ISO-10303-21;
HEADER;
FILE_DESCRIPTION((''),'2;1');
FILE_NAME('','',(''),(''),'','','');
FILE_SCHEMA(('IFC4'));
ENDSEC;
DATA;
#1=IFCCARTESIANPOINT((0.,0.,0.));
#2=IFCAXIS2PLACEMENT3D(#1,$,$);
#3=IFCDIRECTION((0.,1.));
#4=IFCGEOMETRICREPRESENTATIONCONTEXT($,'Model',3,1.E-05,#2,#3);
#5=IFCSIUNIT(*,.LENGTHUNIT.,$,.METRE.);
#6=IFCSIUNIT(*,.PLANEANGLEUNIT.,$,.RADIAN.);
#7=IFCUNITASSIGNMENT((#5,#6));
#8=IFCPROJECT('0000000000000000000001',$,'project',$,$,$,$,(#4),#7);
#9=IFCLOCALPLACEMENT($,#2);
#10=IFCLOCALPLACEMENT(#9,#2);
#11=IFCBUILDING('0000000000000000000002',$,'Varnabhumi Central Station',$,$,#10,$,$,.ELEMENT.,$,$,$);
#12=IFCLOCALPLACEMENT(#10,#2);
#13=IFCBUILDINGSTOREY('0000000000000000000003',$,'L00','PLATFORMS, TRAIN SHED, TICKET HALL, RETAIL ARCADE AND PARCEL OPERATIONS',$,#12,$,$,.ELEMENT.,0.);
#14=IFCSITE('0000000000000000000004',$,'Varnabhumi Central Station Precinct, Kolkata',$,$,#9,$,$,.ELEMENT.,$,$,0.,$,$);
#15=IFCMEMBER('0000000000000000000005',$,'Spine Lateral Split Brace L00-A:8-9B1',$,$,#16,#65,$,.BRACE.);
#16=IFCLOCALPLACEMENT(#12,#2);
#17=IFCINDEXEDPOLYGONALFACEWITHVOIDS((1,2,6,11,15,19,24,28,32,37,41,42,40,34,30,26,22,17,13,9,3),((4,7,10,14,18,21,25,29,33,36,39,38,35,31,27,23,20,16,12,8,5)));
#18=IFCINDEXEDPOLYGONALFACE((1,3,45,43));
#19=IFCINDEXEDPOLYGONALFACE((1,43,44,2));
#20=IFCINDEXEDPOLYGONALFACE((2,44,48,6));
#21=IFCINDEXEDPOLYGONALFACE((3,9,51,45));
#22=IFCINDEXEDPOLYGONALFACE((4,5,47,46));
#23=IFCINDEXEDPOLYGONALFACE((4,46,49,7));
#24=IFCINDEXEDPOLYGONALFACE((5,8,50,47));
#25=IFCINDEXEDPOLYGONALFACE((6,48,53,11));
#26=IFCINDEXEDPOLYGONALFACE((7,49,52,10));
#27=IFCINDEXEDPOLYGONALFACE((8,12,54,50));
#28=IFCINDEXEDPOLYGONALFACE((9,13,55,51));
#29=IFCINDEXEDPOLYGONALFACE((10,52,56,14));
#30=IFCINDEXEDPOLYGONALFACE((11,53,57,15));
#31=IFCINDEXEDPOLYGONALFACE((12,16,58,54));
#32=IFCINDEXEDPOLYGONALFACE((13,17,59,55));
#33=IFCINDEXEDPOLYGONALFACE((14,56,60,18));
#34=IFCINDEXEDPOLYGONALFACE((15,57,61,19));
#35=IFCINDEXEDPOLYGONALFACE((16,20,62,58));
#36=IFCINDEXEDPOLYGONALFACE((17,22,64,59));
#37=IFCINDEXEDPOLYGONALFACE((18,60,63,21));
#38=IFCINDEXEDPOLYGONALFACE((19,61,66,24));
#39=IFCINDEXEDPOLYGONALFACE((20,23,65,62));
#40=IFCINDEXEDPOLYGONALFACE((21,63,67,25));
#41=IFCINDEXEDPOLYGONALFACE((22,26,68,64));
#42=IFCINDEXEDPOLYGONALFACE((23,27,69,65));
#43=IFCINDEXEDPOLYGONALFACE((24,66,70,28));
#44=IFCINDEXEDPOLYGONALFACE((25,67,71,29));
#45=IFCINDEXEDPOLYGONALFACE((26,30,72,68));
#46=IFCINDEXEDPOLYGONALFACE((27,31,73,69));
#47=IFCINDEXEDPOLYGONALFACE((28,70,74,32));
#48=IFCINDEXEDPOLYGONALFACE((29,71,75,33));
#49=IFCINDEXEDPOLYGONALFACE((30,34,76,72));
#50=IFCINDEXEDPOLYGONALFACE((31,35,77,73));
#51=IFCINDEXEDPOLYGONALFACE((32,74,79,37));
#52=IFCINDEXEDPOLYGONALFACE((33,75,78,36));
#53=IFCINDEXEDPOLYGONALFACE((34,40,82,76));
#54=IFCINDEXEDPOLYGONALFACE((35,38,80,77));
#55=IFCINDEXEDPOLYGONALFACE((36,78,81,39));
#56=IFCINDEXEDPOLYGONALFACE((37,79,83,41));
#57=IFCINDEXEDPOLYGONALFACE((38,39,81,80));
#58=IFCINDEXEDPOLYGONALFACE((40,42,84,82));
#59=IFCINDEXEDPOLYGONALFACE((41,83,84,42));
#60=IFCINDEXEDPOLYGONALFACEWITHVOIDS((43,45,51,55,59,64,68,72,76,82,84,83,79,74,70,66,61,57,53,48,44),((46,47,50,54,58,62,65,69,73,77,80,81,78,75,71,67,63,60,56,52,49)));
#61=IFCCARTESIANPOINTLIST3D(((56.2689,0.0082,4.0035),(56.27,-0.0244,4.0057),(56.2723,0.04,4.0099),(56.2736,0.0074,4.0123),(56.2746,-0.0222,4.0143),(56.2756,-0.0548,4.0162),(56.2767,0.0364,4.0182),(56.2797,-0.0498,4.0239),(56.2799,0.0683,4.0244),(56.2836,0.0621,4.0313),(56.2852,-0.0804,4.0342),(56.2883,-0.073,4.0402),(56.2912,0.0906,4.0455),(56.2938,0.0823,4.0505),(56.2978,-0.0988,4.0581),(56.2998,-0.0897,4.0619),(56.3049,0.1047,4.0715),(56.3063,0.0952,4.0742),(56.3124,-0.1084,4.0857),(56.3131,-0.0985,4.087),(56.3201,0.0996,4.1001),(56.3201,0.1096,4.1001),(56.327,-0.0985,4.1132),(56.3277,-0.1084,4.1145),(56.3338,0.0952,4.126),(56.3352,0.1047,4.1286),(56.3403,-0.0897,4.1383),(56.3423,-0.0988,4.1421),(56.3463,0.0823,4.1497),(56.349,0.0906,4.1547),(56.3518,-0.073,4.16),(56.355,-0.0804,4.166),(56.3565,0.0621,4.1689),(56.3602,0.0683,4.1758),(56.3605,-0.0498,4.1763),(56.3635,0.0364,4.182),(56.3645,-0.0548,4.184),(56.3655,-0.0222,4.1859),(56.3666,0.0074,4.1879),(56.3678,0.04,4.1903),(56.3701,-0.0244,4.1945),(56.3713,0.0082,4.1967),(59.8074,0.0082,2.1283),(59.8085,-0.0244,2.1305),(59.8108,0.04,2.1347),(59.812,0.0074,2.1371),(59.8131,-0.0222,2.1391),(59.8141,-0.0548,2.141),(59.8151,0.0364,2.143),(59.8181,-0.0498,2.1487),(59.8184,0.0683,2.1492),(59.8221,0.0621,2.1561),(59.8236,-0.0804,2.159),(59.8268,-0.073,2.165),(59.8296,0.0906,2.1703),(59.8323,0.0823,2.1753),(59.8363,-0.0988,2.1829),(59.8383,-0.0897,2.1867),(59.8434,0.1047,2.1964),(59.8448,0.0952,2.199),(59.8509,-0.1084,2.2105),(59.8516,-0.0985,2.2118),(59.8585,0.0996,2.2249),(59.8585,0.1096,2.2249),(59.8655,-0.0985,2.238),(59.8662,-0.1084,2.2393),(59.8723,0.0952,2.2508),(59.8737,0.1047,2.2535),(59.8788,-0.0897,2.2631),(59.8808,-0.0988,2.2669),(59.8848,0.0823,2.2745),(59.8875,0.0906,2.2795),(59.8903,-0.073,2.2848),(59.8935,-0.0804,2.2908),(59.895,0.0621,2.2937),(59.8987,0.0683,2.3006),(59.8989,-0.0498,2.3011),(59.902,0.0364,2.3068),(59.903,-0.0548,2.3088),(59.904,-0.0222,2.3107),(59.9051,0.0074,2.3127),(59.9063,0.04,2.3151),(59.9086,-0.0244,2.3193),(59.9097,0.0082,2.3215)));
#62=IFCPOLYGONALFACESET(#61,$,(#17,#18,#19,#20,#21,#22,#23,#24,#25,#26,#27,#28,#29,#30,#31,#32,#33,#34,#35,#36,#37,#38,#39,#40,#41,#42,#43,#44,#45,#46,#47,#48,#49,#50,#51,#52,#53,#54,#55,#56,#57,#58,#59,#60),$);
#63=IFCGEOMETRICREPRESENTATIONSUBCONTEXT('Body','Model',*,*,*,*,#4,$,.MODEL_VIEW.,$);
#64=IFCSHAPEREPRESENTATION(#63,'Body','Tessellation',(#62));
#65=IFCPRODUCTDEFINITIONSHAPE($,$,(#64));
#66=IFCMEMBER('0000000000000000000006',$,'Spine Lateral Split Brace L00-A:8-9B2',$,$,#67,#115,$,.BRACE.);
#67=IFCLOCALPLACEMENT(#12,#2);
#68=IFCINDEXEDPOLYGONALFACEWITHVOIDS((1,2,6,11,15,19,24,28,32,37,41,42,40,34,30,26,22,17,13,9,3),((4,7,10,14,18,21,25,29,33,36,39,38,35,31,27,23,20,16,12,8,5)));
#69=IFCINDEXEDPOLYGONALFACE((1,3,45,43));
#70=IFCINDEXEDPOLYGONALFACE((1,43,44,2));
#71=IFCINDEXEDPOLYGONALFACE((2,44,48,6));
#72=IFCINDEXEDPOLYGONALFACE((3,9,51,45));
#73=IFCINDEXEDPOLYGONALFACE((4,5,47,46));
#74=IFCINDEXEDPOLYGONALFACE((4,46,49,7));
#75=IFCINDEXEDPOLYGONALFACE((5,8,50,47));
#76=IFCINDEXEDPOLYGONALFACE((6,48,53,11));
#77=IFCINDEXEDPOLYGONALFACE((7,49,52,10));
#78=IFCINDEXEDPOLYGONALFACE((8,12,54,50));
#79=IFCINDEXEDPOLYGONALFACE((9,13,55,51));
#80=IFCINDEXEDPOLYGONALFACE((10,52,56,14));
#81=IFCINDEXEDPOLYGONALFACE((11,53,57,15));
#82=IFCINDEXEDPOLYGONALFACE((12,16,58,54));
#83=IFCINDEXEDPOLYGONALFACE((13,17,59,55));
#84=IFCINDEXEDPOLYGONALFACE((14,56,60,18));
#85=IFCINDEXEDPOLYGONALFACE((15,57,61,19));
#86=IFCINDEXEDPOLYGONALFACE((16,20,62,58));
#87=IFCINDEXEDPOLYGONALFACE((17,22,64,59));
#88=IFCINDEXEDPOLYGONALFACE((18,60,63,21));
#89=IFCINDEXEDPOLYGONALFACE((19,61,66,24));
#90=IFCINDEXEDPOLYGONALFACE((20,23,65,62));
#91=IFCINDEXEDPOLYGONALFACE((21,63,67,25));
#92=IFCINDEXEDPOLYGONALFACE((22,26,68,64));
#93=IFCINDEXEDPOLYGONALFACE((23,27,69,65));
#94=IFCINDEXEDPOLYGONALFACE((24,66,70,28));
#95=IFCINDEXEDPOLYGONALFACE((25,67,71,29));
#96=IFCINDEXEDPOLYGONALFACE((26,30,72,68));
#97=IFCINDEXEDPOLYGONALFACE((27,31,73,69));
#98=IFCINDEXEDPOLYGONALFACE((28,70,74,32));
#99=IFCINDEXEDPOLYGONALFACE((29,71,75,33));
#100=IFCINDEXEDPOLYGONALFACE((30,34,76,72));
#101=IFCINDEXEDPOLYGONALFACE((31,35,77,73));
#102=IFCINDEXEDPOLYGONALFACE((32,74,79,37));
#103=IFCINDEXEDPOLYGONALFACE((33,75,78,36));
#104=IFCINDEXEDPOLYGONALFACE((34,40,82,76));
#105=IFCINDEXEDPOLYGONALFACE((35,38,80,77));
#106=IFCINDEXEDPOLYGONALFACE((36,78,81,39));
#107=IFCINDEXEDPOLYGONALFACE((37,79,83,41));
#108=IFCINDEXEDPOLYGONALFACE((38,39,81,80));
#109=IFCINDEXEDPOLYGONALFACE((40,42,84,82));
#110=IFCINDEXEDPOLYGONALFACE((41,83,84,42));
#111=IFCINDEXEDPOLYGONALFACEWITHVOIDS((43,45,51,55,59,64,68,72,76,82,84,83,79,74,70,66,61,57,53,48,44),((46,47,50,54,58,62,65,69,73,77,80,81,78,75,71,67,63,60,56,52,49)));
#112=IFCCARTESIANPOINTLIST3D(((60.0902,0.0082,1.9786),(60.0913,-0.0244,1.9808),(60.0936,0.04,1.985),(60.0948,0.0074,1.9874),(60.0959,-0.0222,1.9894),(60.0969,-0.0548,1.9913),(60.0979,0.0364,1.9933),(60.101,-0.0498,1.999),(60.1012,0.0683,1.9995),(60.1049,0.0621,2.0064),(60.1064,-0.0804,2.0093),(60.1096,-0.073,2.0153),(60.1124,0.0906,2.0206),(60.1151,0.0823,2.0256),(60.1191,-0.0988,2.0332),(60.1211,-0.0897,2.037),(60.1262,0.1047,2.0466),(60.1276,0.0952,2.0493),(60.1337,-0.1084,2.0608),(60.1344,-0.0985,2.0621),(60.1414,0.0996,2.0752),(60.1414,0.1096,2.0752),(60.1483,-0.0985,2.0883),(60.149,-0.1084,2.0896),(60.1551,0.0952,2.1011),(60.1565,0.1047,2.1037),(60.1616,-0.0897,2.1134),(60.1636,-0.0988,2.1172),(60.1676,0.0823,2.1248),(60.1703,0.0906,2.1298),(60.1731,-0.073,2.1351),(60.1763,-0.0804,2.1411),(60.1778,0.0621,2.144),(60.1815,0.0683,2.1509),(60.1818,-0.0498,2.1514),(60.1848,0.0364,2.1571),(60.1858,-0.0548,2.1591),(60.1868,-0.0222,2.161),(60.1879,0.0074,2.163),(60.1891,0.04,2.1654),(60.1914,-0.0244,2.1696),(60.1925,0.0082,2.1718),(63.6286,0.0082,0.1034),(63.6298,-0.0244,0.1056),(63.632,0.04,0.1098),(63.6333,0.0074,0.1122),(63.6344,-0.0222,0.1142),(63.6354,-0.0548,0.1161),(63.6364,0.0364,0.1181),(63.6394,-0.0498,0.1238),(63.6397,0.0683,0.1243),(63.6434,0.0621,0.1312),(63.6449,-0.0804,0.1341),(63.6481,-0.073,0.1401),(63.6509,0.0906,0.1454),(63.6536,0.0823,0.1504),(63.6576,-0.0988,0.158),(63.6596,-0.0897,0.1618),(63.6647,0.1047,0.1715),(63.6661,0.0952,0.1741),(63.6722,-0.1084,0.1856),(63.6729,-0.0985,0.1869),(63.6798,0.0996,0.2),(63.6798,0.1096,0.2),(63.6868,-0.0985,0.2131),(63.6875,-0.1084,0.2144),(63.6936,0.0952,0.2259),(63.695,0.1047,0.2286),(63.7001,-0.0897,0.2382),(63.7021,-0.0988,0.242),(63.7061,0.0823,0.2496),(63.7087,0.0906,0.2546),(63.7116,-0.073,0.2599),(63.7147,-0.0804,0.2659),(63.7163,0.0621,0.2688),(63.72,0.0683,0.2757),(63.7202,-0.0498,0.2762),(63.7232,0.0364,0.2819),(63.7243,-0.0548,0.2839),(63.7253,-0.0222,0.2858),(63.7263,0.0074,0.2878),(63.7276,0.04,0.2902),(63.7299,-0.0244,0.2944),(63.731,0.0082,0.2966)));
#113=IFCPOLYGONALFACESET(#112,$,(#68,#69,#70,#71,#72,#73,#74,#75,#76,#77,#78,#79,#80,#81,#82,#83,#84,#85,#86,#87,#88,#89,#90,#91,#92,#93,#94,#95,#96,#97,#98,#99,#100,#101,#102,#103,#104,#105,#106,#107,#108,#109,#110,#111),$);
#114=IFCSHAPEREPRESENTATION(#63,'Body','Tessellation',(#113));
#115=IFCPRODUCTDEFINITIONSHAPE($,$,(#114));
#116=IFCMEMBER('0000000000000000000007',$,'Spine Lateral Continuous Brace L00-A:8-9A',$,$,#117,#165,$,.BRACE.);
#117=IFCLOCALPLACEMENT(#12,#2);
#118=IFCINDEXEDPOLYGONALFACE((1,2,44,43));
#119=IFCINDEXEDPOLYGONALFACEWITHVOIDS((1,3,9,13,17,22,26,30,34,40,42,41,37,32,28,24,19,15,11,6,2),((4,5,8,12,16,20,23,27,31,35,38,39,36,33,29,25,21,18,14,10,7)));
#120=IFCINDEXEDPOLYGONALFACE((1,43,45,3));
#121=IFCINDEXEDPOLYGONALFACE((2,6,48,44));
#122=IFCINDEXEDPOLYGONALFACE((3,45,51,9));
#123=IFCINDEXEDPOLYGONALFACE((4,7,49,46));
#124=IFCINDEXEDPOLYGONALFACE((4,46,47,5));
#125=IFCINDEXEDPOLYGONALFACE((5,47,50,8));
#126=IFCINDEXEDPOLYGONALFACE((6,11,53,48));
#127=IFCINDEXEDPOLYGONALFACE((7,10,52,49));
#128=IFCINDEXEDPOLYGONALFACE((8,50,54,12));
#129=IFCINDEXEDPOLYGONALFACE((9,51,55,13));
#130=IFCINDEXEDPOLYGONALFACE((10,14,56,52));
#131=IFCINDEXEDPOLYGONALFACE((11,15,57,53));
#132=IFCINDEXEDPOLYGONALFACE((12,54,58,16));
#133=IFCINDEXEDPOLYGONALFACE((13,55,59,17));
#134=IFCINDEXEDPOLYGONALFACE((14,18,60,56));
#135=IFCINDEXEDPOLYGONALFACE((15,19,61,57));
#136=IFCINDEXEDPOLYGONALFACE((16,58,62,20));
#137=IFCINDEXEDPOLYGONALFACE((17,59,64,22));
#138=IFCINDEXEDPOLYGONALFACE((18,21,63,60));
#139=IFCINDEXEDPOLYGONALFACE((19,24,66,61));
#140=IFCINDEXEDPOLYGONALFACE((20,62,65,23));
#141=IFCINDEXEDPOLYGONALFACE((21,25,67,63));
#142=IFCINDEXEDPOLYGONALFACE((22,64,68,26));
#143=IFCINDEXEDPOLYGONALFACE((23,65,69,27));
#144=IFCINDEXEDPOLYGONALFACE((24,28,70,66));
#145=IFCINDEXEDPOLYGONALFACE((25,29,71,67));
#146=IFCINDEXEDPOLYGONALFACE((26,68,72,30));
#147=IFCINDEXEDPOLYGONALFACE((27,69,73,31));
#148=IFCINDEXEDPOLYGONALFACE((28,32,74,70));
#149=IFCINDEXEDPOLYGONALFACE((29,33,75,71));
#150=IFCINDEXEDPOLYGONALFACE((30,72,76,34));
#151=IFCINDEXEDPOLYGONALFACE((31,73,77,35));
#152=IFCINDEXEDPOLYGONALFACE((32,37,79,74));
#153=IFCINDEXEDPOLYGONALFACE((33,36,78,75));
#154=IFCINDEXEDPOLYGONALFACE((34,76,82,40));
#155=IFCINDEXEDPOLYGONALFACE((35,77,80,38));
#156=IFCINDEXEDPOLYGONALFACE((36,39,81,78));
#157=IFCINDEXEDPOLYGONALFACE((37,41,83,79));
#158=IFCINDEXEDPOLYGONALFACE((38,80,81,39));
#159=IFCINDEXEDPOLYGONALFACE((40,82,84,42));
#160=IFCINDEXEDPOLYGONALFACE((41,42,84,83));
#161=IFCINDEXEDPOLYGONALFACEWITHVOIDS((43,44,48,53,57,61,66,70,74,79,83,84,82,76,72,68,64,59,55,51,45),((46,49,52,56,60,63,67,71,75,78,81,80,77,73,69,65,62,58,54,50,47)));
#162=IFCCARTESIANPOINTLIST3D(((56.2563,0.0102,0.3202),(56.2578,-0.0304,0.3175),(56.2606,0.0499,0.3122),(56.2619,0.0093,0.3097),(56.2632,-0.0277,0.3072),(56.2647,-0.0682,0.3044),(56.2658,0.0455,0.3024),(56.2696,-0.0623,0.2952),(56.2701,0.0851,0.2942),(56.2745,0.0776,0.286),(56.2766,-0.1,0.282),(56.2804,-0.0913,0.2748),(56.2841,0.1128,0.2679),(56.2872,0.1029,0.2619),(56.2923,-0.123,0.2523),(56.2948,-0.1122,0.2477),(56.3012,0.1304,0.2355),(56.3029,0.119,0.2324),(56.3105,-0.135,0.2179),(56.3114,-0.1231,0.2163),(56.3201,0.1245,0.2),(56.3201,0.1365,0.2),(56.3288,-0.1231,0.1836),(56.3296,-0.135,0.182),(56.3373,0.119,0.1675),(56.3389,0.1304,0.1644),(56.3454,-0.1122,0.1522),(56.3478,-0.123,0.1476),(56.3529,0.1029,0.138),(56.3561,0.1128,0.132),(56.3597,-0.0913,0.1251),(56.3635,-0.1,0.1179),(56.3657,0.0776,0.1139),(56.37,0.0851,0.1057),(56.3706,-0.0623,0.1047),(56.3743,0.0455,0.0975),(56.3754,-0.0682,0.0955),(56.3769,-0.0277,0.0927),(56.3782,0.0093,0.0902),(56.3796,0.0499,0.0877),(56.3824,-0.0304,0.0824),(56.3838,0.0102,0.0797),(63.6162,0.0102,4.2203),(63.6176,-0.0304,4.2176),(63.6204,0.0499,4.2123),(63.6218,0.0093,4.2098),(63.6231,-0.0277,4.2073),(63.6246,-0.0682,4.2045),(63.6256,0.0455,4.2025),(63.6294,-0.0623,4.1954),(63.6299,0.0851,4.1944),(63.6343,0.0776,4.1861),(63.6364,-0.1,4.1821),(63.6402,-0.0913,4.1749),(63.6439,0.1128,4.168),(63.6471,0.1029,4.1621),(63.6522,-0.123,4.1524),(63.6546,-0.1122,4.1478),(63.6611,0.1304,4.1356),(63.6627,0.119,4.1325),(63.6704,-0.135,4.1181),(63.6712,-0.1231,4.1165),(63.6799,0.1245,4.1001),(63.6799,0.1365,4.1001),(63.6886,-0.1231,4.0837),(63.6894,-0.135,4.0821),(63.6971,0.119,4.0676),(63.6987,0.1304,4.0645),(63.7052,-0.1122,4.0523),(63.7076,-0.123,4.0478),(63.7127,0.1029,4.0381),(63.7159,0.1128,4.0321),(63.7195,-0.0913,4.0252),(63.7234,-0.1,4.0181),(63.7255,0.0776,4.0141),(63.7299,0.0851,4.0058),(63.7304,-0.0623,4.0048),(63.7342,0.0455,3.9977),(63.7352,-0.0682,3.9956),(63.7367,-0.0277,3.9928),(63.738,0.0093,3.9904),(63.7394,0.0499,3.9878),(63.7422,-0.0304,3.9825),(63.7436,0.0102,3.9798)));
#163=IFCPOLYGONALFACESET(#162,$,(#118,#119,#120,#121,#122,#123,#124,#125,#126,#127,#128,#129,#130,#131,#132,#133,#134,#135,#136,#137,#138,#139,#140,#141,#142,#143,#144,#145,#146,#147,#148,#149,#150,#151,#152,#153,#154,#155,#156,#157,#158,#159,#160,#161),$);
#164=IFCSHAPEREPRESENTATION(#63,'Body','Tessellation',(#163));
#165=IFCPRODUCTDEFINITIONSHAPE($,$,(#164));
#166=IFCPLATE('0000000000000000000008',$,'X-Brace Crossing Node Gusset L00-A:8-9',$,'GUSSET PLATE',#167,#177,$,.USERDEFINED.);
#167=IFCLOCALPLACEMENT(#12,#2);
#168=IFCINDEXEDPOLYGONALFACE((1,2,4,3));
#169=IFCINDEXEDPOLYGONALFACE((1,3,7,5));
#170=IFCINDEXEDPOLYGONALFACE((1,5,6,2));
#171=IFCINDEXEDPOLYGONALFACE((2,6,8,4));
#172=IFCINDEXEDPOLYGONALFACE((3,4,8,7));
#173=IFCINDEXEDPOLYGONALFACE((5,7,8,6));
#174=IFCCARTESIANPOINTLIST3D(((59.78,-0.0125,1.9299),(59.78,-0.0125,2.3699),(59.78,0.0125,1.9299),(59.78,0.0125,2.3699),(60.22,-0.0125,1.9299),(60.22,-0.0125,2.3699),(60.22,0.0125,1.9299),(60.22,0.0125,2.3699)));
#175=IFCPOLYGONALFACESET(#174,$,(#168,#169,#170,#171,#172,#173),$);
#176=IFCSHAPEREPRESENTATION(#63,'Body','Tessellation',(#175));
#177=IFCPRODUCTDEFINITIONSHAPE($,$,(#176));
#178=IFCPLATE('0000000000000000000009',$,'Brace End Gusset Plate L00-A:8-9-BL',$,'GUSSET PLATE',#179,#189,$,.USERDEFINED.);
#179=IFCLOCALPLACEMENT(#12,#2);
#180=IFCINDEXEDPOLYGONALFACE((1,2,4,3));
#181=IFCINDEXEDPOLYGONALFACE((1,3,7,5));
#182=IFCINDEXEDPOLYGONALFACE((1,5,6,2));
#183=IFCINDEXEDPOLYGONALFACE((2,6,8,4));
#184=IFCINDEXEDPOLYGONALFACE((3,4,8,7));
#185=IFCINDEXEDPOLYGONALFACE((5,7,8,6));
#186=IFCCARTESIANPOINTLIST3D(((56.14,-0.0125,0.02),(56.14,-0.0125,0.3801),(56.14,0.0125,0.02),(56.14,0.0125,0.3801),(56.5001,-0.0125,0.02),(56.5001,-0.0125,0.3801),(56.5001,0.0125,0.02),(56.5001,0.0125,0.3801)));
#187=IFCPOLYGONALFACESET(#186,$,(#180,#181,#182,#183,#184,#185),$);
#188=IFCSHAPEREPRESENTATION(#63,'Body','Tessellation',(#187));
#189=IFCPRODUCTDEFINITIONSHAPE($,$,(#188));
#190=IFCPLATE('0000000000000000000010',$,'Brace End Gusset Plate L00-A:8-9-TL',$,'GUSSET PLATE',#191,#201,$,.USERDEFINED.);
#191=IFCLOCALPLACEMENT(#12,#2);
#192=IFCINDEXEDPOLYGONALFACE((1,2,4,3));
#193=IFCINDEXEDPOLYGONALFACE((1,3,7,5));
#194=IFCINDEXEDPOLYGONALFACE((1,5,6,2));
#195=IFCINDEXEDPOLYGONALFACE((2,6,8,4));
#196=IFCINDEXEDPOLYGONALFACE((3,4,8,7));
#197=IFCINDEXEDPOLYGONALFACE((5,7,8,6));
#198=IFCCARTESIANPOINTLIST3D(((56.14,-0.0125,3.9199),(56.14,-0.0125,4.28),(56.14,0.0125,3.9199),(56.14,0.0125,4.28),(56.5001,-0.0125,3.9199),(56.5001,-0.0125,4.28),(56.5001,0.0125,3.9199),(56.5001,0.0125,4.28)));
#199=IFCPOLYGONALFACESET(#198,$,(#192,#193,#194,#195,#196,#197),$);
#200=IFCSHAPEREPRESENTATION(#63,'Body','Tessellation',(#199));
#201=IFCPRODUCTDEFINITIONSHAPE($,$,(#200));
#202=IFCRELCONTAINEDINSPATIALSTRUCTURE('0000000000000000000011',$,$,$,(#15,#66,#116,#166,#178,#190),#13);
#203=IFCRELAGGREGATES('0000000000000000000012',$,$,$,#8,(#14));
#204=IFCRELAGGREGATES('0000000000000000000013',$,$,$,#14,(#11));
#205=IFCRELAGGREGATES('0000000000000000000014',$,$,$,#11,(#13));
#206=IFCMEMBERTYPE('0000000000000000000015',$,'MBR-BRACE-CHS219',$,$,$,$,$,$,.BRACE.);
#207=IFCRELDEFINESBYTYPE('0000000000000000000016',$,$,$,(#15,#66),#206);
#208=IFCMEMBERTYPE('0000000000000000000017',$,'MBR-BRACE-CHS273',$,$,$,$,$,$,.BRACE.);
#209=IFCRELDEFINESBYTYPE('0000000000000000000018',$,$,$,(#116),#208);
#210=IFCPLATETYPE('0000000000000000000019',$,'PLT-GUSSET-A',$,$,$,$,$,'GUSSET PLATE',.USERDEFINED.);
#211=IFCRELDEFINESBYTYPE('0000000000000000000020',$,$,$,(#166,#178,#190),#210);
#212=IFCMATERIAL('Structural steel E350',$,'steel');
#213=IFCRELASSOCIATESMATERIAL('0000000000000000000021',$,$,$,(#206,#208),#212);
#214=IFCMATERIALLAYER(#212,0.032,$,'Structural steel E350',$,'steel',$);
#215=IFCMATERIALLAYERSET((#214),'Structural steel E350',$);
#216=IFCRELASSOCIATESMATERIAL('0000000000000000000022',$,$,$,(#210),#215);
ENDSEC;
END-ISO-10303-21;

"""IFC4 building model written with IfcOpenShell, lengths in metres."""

from ifc_helpers import new_model, si_unit, direction, frame, origin, origin_2d, place, context, subcontext, project, spatial, rectangle, hollow_circle, extrude, material, layer, layer_set, material_profile, profile_set, type_object, element, save


model = new_model("IFC4")

# Units and contexts
model_context = context("Model", 3, precision=1e-05, world=origin(), true_north=direction((0.0, 1.0)))
body_context = subcontext(model_context, "Body", "Model", "MODEL_VIEW")
ifc_project = project(units=[si_unit("LENGTHUNIT", "METRE"), si_unit("PLANEANGLEUNIT", "RADIAN")], contexts=[model_context])

# Site, building, storey
site_placement = place(None, origin())
site = spatial("IfcSite", under=ifc_project, at=site_placement, Name="Varnabhumi Central Station Precinct, Kolkata", CompositionType="ELEMENT", RefElevation=0.0)
building_placement = place(site_placement, origin())
building = spatial("IfcBuilding", under=site, at=building_placement, Name="Varnabhumi Central Station", CompositionType="ELEMENT")
storey_placement = place(building_placement, origin())
storey = spatial("IfcBuildingStorey", under=building, at=storey_placement, Name="L00", Description="PLATFORMS, TRAIN SHED, TICKET HALL, RETAIL ARCADE AND PARCEL OPERATIONS", CompositionType="ELEMENT", Elevation=0.0)

# Members
ifc_material_1 = material(Name="Structural steel E350", Category="steel")
ifc_material_profile_1 = material_profile(ifc_material_1, hollow_circle(Radius=0.1096, WallThickness=0.01, at=origin_2d()), Name="Structural steel E350", Category="steel")
ifc_profile_set_1 = profile_set([ifc_material_profile_1], Name="Structural steel E350")
member_type_1 = type_object("IfcMemberType", Name="MBR-BRACE-CHS219", PredefinedType="BRACE", material=ifc_profile_set_1)
for number, where, z_axis, x_axis, name in (
    (1, (56.3201, 0.0, 4.1001), (0.883594, 0.0, -0.468255), (0.0, 1.0, 0.0), "Spine Lateral Split Brace L00-A:8-9B1"),
    (2, (60.1414, 0.0, 2.0752), (0.883594, 0.0, -0.468255), (0.0, 1.0, 0.0), "Spine Lateral Split Brace L00-A:8-9B2"),
):
    element("IfcMember", number, at=place(storey_placement, frame(where, z_axis=z_axis, x_axis=x_axis)), inside=storey, type_object=member_type_1, Name=name, PredefinedType="BRACE", context=body_context, shape_type="SweptSolid", body=[
        extrude(hollow_circle(Radius=0.1096, WallThickness=0.01, at=origin_2d()), origin(), (0.0, 0.0, 1.0), 4.0046),
    ])
ifc_material_profile_2 = material_profile(ifc_material_1, hollow_circle(Radius=0.1365, WallThickness=0.012, at=origin_2d()), Name="Structural steel E350", Category="steel")
ifc_profile_set_2 = profile_set([ifc_material_profile_2], Name="Structural steel E350")
member_type_2 = type_object("IfcMemberType", Name="MBR-BRACE-CHS273", PredefinedType="BRACE", material=ifc_profile_set_2)
member_placement = place(storey_placement, frame((56.3201, 0.0, 0.2), z_axis=(0.883602, 0.0, 0.468239), x_axis=(0.0, 1.0, 0.0)))
element("IfcMember", 3, at=member_placement, inside=storey, type_object=member_type_2, Name="Spine Lateral Continuous Brace L00-A:8-9A", PredefinedType="BRACE", context=body_context, shape_type="SweptSolid", body=[
    extrude(hollow_circle(Radius=0.1365, WallThickness=0.012, at=origin_2d()), origin(), (0.0, 0.0, 1.0), 8.3293),
])

# Plates
ifc_layer_1 = layer(ifc_material_1, 0.032, Name="Structural steel E350", Category="steel")
ifc_layer_set_1 = layer_set([ifc_layer_1], Name="Structural steel E350")
plate_type = type_object("IfcPlateType", Name="PLT-GUSSET-A", ElementType="GUSSET PLATE", PredefinedType="USERDEFINED", material=ifc_layer_set_1)
plate_placement = place(storey_placement, frame((60.0, 0.0, 1.9299), z_axis=(0.0, 0.0, 1.0), x_axis=(1.0, 0.0, 0.0)))
element("IfcPlate", 4, at=plate_placement, inside=storey, type_object=plate_type, Name="X-Brace Crossing Node Gusset L00-A:8-9", ObjectType="GUSSET PLATE", PredefinedType="USERDEFINED", context=body_context, shape_type="SweptSolid", body=[
    extrude(rectangle(XDim=0.4399, YDim=0.0249, at=origin_2d()), origin(), (0.0, 0.0, 1.0), 0.4399),
])
for number, where, z_axis, x_axis, name in (
    (5, (56.3201, 0.0, 0.02), (0.0, 0.0, 1.0), (1.0, 0.0, 0.0), "Brace End Gusset Plate L00-A:8-9-BL"),
    (6, (56.3201, 0.0, 3.9199), (0.0, 0.0, 1.0), (1.0, 0.0, 0.0), "Brace End Gusset Plate L00-A:8-9-TL"),
):
    element("IfcPlate", number, at=place(storey_placement, frame(where, z_axis=z_axis, x_axis=x_axis)), inside=storey, type_object=plate_type, Name=name, ObjectType="GUSSET PLATE", PredefinedType="USERDEFINED", context=body_context, shape_type="SweptSolid", body=[
        extrude(rectangle(XDim=0.3601, YDim=0.0249, at=origin_2d()), origin(), (0.0, 0.0, 1.0), 0.3601),
    ])

save(model, "model.ifc")
